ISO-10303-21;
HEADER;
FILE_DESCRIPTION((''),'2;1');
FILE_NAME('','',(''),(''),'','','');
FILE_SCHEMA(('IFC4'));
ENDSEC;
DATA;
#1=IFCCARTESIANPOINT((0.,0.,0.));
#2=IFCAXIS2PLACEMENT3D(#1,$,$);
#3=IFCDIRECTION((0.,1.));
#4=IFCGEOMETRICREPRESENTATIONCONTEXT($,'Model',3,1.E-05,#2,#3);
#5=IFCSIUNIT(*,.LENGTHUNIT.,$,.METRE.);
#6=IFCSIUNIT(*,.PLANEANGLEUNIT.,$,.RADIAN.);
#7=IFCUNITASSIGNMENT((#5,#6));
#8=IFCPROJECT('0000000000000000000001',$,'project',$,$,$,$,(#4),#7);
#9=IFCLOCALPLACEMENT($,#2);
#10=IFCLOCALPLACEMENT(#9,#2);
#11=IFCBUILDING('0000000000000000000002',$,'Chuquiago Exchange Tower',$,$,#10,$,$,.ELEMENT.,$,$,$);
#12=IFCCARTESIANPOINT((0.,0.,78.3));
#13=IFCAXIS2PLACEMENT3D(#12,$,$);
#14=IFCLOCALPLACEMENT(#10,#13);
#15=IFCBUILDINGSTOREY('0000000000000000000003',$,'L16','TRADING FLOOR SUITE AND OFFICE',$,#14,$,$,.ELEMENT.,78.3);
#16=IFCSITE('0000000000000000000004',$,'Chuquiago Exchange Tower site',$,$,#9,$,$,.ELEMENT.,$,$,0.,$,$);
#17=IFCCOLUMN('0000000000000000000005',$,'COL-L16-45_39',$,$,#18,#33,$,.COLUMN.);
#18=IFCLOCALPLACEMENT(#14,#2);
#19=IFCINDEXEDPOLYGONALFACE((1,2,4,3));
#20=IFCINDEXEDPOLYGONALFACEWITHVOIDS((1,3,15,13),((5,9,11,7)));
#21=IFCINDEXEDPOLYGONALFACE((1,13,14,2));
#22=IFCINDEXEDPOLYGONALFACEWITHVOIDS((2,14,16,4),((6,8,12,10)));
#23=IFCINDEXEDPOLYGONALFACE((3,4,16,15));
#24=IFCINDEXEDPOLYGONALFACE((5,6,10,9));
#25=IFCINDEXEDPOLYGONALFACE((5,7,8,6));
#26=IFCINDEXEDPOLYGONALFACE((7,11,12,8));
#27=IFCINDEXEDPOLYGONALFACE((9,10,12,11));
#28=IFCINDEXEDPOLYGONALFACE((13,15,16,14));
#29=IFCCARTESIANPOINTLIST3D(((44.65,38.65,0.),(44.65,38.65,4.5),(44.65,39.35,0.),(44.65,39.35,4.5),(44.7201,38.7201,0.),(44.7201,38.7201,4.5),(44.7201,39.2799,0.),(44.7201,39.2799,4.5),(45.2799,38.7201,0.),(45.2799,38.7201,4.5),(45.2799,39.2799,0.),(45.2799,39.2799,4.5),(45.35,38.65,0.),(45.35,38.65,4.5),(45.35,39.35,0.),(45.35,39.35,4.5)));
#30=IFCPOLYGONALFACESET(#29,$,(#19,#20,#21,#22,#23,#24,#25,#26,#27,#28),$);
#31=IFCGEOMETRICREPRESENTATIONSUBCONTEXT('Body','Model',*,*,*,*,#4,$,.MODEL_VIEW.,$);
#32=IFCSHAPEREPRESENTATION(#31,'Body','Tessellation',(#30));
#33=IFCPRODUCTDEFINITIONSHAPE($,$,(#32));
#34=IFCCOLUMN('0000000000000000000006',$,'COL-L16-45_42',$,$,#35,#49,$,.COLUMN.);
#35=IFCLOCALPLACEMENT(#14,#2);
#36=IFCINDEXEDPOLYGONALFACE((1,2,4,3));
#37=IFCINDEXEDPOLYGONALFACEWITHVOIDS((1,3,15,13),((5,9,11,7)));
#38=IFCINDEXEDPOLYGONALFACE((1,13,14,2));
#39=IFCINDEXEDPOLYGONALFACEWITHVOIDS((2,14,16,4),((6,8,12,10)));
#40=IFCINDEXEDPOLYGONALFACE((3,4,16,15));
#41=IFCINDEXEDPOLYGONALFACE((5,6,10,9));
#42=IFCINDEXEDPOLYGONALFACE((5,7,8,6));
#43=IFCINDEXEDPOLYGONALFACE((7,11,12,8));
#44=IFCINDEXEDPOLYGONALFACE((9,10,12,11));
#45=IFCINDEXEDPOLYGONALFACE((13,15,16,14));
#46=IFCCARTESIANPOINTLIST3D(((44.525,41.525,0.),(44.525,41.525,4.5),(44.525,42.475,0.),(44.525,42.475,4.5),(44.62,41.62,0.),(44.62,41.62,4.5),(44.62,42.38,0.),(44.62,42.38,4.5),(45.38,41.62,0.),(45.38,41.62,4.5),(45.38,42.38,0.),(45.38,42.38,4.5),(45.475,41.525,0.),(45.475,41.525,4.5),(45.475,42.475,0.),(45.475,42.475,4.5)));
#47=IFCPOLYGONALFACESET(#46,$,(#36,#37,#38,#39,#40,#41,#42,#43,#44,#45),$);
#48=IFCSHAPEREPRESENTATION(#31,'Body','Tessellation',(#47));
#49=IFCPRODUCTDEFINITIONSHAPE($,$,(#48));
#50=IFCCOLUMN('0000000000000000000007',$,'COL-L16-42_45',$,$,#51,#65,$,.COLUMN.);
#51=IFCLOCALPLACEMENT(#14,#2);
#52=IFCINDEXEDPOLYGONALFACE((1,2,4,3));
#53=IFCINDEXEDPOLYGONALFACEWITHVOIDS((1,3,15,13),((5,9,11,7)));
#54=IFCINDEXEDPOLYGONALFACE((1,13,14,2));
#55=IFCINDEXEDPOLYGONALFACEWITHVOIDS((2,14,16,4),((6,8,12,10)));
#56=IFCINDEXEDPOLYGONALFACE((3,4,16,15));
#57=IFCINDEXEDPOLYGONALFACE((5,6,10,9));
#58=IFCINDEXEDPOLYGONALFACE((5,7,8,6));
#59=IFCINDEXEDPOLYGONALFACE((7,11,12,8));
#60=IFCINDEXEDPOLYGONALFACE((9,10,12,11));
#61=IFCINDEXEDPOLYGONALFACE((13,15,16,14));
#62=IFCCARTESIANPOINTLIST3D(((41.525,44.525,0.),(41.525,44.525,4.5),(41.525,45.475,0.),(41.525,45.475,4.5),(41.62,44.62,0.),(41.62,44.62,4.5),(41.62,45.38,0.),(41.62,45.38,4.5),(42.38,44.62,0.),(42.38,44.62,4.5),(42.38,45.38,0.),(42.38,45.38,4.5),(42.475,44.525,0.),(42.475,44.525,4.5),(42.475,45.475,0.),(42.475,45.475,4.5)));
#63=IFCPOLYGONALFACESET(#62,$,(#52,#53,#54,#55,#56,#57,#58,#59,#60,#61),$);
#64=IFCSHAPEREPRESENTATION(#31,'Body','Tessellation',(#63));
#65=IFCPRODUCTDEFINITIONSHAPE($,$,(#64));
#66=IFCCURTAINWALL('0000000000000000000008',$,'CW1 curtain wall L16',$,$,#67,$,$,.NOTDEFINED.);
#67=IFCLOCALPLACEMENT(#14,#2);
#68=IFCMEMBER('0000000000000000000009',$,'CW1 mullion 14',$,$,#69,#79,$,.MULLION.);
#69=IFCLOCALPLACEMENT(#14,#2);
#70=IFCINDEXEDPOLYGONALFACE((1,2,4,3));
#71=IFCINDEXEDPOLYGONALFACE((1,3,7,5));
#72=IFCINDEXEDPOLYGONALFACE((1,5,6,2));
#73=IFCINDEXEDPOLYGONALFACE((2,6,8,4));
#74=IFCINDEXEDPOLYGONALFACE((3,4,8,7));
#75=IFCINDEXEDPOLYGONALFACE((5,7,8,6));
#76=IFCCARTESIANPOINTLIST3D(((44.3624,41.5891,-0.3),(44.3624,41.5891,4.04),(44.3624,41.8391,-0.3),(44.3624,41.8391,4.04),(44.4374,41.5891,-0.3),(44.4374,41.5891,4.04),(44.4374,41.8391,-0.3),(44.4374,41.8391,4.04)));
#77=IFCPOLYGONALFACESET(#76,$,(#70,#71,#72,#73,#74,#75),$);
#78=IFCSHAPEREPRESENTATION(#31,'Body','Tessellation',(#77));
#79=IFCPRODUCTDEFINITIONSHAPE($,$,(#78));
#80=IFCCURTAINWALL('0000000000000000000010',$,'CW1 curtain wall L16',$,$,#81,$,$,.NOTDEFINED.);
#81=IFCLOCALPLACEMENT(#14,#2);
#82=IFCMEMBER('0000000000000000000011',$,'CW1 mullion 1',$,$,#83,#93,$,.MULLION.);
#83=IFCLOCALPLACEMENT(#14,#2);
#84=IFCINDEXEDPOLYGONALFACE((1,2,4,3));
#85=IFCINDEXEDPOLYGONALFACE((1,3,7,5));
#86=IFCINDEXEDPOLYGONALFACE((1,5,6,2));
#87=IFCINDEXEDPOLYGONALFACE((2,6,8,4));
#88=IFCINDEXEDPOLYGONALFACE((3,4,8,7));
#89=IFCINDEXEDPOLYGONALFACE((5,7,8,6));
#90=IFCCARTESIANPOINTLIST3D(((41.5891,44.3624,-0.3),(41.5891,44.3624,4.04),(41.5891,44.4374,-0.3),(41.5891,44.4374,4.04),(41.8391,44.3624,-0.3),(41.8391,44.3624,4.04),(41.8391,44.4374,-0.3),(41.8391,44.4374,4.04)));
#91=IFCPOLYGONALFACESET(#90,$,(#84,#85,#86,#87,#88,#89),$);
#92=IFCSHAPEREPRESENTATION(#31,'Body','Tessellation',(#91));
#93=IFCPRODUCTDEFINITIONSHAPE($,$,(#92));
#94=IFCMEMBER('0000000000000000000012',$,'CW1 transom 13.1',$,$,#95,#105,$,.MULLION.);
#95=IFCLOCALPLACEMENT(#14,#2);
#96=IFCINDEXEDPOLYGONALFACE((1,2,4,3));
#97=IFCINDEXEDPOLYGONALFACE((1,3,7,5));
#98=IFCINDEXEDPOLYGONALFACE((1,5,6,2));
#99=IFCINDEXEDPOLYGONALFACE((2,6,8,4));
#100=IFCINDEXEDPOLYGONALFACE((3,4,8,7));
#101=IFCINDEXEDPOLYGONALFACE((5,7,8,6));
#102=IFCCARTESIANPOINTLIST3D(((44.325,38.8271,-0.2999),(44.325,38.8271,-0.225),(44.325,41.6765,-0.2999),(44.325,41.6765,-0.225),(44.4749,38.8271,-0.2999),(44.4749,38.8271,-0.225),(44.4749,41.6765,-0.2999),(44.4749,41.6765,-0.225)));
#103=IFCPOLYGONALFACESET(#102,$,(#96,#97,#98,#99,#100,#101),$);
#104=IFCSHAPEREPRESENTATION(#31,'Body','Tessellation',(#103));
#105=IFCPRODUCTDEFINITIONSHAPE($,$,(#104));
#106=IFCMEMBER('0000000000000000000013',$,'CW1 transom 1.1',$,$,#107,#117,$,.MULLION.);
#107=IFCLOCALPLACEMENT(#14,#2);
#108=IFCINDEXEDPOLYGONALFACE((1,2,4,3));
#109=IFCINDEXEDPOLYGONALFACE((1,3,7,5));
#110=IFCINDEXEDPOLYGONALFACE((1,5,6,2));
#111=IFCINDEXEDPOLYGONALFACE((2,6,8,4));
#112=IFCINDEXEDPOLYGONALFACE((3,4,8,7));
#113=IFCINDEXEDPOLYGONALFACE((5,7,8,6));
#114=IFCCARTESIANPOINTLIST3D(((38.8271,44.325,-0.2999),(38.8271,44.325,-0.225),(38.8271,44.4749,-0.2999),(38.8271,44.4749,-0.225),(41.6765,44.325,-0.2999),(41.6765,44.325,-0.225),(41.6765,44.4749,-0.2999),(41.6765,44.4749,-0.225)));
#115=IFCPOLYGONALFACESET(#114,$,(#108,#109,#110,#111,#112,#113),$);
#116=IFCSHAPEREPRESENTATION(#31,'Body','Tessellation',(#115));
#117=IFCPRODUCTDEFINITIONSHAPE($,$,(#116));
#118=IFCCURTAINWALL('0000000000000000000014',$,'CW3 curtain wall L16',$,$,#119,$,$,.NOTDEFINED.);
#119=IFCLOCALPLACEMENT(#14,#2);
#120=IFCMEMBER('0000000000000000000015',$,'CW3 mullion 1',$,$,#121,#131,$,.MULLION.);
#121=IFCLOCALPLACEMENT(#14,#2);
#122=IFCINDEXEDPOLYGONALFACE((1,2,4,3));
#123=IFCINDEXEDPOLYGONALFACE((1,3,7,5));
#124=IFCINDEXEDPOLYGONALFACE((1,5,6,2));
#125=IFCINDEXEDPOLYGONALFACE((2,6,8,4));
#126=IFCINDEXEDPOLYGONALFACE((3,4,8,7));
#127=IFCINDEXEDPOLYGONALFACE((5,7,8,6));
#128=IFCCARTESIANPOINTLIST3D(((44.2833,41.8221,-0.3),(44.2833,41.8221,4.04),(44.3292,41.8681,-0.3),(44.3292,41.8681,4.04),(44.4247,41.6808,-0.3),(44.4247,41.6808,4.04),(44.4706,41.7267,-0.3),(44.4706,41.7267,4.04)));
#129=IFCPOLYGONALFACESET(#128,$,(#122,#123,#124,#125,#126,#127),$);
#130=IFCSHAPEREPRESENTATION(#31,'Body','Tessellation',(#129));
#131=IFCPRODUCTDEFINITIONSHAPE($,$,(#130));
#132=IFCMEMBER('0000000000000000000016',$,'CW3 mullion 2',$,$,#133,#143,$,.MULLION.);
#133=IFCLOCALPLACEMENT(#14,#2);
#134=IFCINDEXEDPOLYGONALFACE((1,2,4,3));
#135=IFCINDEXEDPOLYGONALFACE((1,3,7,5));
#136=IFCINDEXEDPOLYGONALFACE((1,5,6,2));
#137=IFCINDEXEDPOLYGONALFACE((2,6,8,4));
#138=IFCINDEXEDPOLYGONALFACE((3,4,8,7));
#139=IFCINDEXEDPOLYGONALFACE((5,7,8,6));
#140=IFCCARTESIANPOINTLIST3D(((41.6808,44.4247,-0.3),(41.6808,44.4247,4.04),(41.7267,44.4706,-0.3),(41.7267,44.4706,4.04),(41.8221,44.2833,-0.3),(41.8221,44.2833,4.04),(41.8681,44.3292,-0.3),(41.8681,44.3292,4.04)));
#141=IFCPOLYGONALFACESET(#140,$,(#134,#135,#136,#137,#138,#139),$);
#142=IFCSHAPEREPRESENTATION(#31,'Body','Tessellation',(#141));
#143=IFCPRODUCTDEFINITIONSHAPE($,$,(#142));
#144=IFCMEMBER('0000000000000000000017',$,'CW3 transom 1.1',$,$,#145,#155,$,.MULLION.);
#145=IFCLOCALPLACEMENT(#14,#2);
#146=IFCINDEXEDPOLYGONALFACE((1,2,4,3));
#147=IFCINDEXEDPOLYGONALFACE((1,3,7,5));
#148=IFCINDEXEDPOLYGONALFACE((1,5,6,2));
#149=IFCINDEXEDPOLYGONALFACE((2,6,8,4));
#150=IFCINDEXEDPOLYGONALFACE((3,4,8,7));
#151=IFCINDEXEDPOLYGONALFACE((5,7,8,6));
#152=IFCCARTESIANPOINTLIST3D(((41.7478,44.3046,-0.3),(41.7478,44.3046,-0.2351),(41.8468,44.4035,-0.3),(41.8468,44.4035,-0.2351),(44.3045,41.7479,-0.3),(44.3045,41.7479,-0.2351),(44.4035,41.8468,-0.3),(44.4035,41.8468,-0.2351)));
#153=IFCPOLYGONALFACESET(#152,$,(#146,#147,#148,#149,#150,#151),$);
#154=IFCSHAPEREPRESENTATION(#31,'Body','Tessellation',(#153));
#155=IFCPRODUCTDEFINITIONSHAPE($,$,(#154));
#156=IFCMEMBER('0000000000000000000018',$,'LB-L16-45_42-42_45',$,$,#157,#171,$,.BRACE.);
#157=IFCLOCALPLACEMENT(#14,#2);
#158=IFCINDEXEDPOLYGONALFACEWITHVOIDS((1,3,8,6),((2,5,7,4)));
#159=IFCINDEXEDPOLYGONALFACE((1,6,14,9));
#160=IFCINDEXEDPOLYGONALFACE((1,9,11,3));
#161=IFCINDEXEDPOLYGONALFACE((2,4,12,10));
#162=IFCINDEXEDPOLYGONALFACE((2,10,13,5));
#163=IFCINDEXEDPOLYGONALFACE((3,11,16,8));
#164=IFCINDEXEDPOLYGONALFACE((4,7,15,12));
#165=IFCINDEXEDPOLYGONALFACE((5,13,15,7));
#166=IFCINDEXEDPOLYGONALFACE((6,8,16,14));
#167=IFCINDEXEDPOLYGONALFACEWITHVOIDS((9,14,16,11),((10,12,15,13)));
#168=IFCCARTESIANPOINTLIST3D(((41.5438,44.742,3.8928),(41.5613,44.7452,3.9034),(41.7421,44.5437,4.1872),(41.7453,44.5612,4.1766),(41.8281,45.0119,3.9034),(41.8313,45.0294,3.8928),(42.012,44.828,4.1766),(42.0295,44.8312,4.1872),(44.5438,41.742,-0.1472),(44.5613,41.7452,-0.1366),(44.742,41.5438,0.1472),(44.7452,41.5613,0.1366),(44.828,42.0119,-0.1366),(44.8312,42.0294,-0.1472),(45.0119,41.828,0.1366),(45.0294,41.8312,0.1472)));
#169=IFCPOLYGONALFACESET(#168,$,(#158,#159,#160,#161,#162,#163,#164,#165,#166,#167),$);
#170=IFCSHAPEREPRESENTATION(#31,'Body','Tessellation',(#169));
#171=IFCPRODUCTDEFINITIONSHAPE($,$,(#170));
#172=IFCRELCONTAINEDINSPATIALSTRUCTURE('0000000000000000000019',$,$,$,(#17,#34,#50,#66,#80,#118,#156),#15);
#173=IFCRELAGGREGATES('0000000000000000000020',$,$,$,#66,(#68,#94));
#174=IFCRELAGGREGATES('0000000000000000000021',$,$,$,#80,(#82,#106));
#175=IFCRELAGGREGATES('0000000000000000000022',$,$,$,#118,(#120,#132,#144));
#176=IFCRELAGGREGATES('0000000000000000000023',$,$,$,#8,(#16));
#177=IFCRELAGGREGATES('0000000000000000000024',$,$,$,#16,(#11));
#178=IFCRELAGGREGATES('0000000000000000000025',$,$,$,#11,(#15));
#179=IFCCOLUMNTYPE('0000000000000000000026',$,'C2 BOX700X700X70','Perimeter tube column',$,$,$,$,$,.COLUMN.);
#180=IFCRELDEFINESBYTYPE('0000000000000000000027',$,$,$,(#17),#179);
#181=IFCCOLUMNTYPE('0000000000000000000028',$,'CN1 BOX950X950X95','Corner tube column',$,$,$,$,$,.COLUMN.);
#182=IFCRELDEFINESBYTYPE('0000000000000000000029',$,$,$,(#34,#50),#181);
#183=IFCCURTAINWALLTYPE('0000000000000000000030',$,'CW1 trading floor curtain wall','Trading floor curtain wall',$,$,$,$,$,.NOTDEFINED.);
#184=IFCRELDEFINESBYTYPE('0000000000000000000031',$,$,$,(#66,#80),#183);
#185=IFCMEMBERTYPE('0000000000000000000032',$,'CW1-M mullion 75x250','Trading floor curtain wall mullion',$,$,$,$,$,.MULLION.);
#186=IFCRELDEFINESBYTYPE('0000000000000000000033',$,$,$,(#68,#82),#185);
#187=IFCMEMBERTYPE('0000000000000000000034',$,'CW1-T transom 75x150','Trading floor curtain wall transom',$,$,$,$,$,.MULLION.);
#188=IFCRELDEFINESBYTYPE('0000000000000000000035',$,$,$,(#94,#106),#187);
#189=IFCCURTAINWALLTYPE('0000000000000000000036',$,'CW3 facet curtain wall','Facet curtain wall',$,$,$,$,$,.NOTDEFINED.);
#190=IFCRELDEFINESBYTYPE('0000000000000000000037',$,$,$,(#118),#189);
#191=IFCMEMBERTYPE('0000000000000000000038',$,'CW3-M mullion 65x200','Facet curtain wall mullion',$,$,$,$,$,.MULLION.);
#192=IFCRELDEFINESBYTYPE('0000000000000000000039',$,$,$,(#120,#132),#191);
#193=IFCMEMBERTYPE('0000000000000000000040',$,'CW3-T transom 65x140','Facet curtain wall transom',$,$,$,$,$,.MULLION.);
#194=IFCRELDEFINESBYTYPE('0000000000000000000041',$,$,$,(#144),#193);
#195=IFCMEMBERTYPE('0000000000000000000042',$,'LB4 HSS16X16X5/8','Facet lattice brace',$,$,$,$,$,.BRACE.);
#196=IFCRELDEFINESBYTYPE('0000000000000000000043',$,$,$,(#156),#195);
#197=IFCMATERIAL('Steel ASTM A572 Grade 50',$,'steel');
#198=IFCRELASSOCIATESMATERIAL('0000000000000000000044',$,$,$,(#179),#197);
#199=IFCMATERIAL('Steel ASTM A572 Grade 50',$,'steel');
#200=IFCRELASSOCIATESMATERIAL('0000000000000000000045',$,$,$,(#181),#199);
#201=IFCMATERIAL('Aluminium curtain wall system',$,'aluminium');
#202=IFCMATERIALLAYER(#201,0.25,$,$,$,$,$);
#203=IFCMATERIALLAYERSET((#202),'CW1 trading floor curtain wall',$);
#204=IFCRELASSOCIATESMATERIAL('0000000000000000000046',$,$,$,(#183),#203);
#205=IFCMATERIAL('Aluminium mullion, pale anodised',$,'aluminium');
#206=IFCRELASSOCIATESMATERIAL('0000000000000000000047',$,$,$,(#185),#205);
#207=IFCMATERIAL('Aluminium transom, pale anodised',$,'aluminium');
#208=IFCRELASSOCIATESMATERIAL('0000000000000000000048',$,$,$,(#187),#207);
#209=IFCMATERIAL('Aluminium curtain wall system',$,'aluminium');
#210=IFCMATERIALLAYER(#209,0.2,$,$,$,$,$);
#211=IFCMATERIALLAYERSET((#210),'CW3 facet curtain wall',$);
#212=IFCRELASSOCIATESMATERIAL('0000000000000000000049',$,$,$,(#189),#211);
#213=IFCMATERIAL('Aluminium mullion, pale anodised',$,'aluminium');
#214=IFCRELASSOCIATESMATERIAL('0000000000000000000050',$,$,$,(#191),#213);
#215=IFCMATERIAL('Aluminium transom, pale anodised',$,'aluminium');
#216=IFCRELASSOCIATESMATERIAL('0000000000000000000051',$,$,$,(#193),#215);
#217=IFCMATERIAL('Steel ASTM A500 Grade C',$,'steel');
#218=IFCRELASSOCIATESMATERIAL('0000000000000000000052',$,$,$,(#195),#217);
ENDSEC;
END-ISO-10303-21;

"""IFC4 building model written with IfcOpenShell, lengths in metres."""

from ifc_helpers import new_model, si_unit, direction, frame, origin, origin_2d, place, context, subcontext, project, spatial, rectangle, hollow_rectangle, extrude, material, layer, layer_set, material_profile, profile_set, type_object, element, aggregate, save


model = new_model("IFC4")

# Units and contexts
model_context = context("Model", 3, precision=1e-05, world=origin(), true_north=direction((0.0, 1.0)))
body_context = subcontext(model_context, "Body", "Model", "MODEL_VIEW")
ifc_project = project(units=[si_unit("LENGTHUNIT", "METRE"), si_unit("PLANEANGLEUNIT", "RADIAN")], contexts=[model_context])

# Site, building, storey
site_placement = place(None, origin())
site = spatial("IfcSite", under=ifc_project, at=site_placement, Name="Chuquiago Exchange Tower site", CompositionType="ELEMENT", RefElevation=0.0)
building_placement = place(site_placement, origin())
building = spatial("IfcBuilding", under=site, at=building_placement, Name="Chuquiago Exchange Tower", CompositionType="ELEMENT")
storey_placement = place(building_placement, frame((0.0, 0.0, 78.3)))
storey = spatial("IfcBuildingStorey", under=building, at=storey_placement, Name="L16", Description="TRADING FLOOR SUITE AND OFFICE", CompositionType="ELEMENT", Elevation=78.3)

# Columns
ifc_material_1 = material(Name="Steel ASTM A572 Grade 50", Category="steel")
ifc_material_profile_1 = material_profile(ifc_material_1, hollow_rectangle(XDim=0.7, YDim=0.7, WallThickness=0.0701, at=origin_2d()), Name="BOX700X700X70")
ifc_profile_set_1 = profile_set([ifc_material_profile_1], Name="Steel ASTM A572 Grade 50")
column_type_1 = type_object("IfcColumnType", Name="C2 BOX700X700X70", Description="Perimeter tube column", PredefinedType="COLUMN", material=ifc_profile_set_1)
column_placement = place(storey_placement, frame((45.0, 39.0, 0.0), z_axis=(0.0, 0.0, 1.0), x_axis=(1.0, 0.0, 0.0)))
element("IfcColumn", 1, at=column_placement, inside=storey, type_object=column_type_1, Name="COL-L16-45_39", PredefinedType="COLUMN", context=body_context, shape_type="SweptSolid", body=[
    extrude(hollow_rectangle(XDim=0.7, YDim=0.7, WallThickness=0.0701, at=origin_2d()), origin(), (0.0, 0.0, 1.0), 4.5),
])
ifc_material_2 = material(Name="Steel ASTM A572 Grade 50", Category="steel")
ifc_material_profile_2 = material_profile(ifc_material_2, hollow_rectangle(XDim=0.95, YDim=0.95, WallThickness=0.095, at=origin_2d()), Name="BOX950X950X95")
ifc_profile_set_2 = profile_set([ifc_material_profile_2], Name="Steel ASTM A572 Grade 50")
column_type_2 = type_object("IfcColumnType", Name="CN1 BOX950X950X95", Description="Corner tube column", PredefinedType="COLUMN", material=ifc_profile_set_2)
for number, where, z_axis, x_axis, name in (
    (2, (45.0, 42.0, 0.0), (0.0, 0.0, 1.0), (1.0, 0.0, 0.0), "COL-L16-45_42"),
    (3, (42.0, 45.0, 0.0), (0.0, 0.0, 1.0), (0.0, 1.0, 0.0), "COL-L16-42_45"),
):
    element("IfcColumn", number, at=place(storey_placement, frame(where, z_axis=z_axis, x_axis=x_axis)), inside=storey, type_object=column_type_2, Name=name, PredefinedType="COLUMN", context=body_context, shape_type="SweptSolid", body=[
        extrude(hollow_rectangle(XDim=0.95, YDim=0.95, WallThickness=0.095, at=origin_2d()), origin(), (0.0, 0.0, 1.0), 4.5),
    ])

# Curtain walls, members
ifc_material_3 = material(Name="Aluminium curtain wall system", Category="aluminium")
ifc_layer_1 = layer(ifc_material_3, 0.25)
ifc_layer_set_1 = layer_set([ifc_layer_1], Name="CW1 trading floor curtain wall")
curtain_wall_type_1 = type_object("IfcCurtainWallType", Name="CW1 trading floor curtain wall", Description="Trading floor curtain wall", PredefinedType="NOTDEFINED", material=ifc_layer_set_1)
curtain_wall_1_placement = place(storey_placement, origin())
curtain_wall_1 = element("IfcCurtainWall", 4, at=curtain_wall_1_placement, inside=storey, type_object=curtain_wall_type_1, Name="CW1 curtain wall L16", PredefinedType="NOTDEFINED")
ifc_material_4 = material(Name="Aluminium mullion, pale anodised", Category="aluminium")
ifc_material_profile_3 = material_profile(ifc_material_4, rectangle(XDim=0.075, YDim=0.25, at=origin_2d()), Name="AL 75x250")
ifc_profile_set_3 = profile_set([ifc_material_profile_3], Name="Aluminium mullion, pale anodised")
member_type_1 = type_object("IfcMemberType", Name="CW1-M mullion 75x250", Description="Trading floor curtain wall mullion", PredefinedType="MULLION", material=ifc_profile_set_3)
member_1_placement = place(storey_placement, frame((44.3999, 41.7141, -0.3), z_axis=(0.0, 0.0, 1.0), x_axis=(-1.0, 0.0, 0.0)))
member_1 = element("IfcMember", 5, at=member_1_placement, type_object=member_type_1, Name="CW1 mullion 14", PredefinedType="MULLION", context=body_context, shape_type="SweptSolid", body=[
    extrude(rectangle(XDim=0.075, YDim=0.25, at=origin_2d()), origin(), (0.0, 0.0, 1.0), 4.3401),
])
curtain_wall_2_placement = place(storey_placement, origin())
curtain_wall_2 = element("IfcCurtainWall", 6, at=curtain_wall_2_placement, inside=storey, type_object=curtain_wall_type_1, Name="CW1 curtain wall L16", PredefinedType="NOTDEFINED")
member_2_placement = place(storey_placement, frame((41.7141, 44.3999, -0.3), z_axis=(0.0, 0.0, 1.0), x_axis=(0.0, -1.0, 0.0)))
member_2 = element("IfcMember", 7, at=member_2_placement, type_object=member_type_1, Name="CW1 mullion 1", PredefinedType="MULLION", context=body_context, shape_type="SweptSolid", body=[
    extrude(rectangle(XDim=0.075, YDim=0.25, at=origin_2d()), origin(), (0.0, 0.0, 1.0), 4.3401),
])

# Members
ifc_material_5 = material(Name="Aluminium transom, pale anodised", Category="aluminium")
ifc_material_profile_4 = material_profile(ifc_material_5, rectangle(XDim=0.1499, YDim=0.075, at=origin_2d()), Name="AL 150x75")
ifc_profile_set_4 = profile_set([ifc_material_profile_4], Name="Aluminium transom, pale anodised")
member_type_2 = type_object("IfcMemberType", Name="CW1-T transom 75x150", Description="Trading floor curtain wall transom", PredefinedType="MULLION", material=ifc_profile_set_4)
member_3_placement = place(storey_placement, frame((44.3999, 38.8271, -0.2625), z_axis=(0.0, 1.0, 0.0), x_axis=(-1.0, 0.0, 0.0)))
member_3 = element("IfcMember", 8, at=member_3_placement, type_object=member_type_2, Name="CW1 transom 13.1", PredefinedType="MULLION", context=body_context, shape_type="SweptSolid", body=[
    extrude(rectangle(XDim=0.1499, YDim=0.075, at=origin_2d()), origin(), (0.0, 0.0, 1.0), 2.8494),
])
member_4_placement = place(storey_placement, frame((41.6765, 44.3999, -0.2625), z_axis=(-1.0, 0.0, 0.0), x_axis=(0.0, -1.0, 0.0)))
member_4 = element("IfcMember", 9, at=member_4_placement, type_object=member_type_2, Name="CW1 transom 1.1", PredefinedType="MULLION", context=body_context, shape_type="SweptSolid", body=[
    extrude(rectangle(XDim=0.1499, YDim=0.075, at=origin_2d()), origin(), (0.0, 0.0, 1.0), 2.8494),
])

# Curtain wall, members
ifc_material_6 = material(Name="Aluminium curtain wall system", Category="aluminium")
ifc_layer_2 = layer(ifc_material_6, 0.2)
ifc_layer_set_2 = layer_set([ifc_layer_2], Name="CW3 facet curtain wall")
curtain_wall_type_2 = type_object("IfcCurtainWallType", Name="CW3 facet curtain wall", Description="Facet curtain wall", PredefinedType="NOTDEFINED", material=ifc_layer_set_2)
curtain_wall_3_placement = place(storey_placement, origin())
curtain_wall_3 = element("IfcCurtainWall", 10, at=curtain_wall_3_placement, inside=storey, type_object=curtain_wall_type_2, Name="CW3 curtain wall L16", PredefinedType="NOTDEFINED")
ifc_material_7 = material(Name="Aluminium mullion, pale anodised", Category="aluminium")
ifc_material_profile_5 = material_profile(ifc_material_7, rectangle(XDim=0.0649, YDim=0.2, at=origin_2d()), Name="AL 65x200")
ifc_profile_set_5 = profile_set([ifc_material_profile_5], Name="Aluminium mullion, pale anodised")
member_type_3 = type_object("IfcMemberType", Name="CW3-M mullion 65x200", Description="Facet curtain wall mullion", PredefinedType="MULLION", material=ifc_profile_set_5)
member_5_placement = place(storey_placement, frame((44.377, 41.7744, -0.3), z_axis=(0.0, 0.0, 1.0), x_axis=(-0.707107, -0.707107, 0.0)))
member_5 = element("IfcMember", 11, at=member_5_placement, type_object=member_type_3, Name="CW3 mullion 1", PredefinedType="MULLION", context=body_context, shape_type="SweptSolid", body=[
    extrude(rectangle(XDim=0.0649, YDim=0.2, at=origin_2d()), origin(), (0.0, 0.0, 1.0), 4.3401),
])
member_6_placement = place(storey_placement, frame((41.7744, 44.377, -0.3), z_axis=(0.0, 0.0, 1.0), x_axis=(-0.707107, -0.707107, 0.0)))
member_6 = element("IfcMember", 12, at=member_6_placement, type_object=member_type_3, Name="CW3 mullion 2", PredefinedType="MULLION", context=body_context, shape_type="SweptSolid", body=[
    extrude(rectangle(XDim=0.0649, YDim=0.2, at=origin_2d()), origin(), (0.0, 0.0, 1.0), 4.3401),
])
ifc_material_8 = material(Name="Aluminium transom, pale anodised", Category="aluminium")
ifc_material_profile_6 = material_profile(ifc_material_8, rectangle(XDim=0.1399, YDim=0.0649, at=origin_2d()), Name="AL 140x65")
ifc_profile_set_6 = profile_set([ifc_material_profile_6], Name="Aluminium transom, pale anodised")
member_type_4 = type_object("IfcMemberType", Name="CW3-T transom 65x140", Description="Facet curtain wall transom", PredefinedType="MULLION", material=ifc_profile_set_6)
member_7_placement = place(storey_placement, frame((44.354, 41.7974, -0.2676), z_axis=(-0.707107, 0.707107, 0.0), x_axis=(-0.707107, -0.707107, 0.0)))
member_7 = element("IfcMember", 13, at=member_7_placement, type_object=member_type_4, Name="CW3 transom 1.1", PredefinedType="MULLION", context=body_context, shape_type="SweptSolid", body=[
    extrude(rectangle(XDim=0.1399, YDim=0.0649, at=origin_2d()), origin(), (0.0, 0.0, 1.0), 3.6157),
])

# Member
ifc_material_9 = material(Name="Steel ASTM A500 Grade C", Category="steel")
ifc_material_profile_7 = material_profile(ifc_material_9, hollow_rectangle(XDim=0.4065, YDim=0.4065, WallThickness=0.0146, at=origin_2d()), Name="HSS16X16X5/8")
ifc_profile_set_7 = profile_set([ifc_material_profile_7], Name="Steel ASTM A500 Grade C")
member_type_5 = type_object("IfcMemberType", Name="LB4 HSS16X16X5/8", Description="Facet lattice brace", PredefinedType="BRACE", material=ifc_profile_set_7)
member_8_placement = place(storey_placement, frame((44.7866, 41.7866, 0.0), z_axis=(-0.512077, 0.512077, 0.689604), x_axis=(-0.707107, -0.707107, 0.0)))
element("IfcMember", 14, at=member_8_placement, inside=storey, type_object=member_type_5, Name="LB-L16-45_42-42_45", PredefinedType="BRACE", context=body_context, shape_type="SweptSolid", body=[
    extrude(hollow_rectangle(XDim=0.4065, YDim=0.4065, WallThickness=0.0146, at=origin_2d()), origin(), (0.0, 0.0, 1.0), 5.8584),
])

aggregate(curtain_wall_1, [member_1, member_3])
aggregate(curtain_wall_2, [member_2, member_4])
aggregate(curtain_wall_3, [member_5, member_6, member_7])

save(model, "model.ifc")
